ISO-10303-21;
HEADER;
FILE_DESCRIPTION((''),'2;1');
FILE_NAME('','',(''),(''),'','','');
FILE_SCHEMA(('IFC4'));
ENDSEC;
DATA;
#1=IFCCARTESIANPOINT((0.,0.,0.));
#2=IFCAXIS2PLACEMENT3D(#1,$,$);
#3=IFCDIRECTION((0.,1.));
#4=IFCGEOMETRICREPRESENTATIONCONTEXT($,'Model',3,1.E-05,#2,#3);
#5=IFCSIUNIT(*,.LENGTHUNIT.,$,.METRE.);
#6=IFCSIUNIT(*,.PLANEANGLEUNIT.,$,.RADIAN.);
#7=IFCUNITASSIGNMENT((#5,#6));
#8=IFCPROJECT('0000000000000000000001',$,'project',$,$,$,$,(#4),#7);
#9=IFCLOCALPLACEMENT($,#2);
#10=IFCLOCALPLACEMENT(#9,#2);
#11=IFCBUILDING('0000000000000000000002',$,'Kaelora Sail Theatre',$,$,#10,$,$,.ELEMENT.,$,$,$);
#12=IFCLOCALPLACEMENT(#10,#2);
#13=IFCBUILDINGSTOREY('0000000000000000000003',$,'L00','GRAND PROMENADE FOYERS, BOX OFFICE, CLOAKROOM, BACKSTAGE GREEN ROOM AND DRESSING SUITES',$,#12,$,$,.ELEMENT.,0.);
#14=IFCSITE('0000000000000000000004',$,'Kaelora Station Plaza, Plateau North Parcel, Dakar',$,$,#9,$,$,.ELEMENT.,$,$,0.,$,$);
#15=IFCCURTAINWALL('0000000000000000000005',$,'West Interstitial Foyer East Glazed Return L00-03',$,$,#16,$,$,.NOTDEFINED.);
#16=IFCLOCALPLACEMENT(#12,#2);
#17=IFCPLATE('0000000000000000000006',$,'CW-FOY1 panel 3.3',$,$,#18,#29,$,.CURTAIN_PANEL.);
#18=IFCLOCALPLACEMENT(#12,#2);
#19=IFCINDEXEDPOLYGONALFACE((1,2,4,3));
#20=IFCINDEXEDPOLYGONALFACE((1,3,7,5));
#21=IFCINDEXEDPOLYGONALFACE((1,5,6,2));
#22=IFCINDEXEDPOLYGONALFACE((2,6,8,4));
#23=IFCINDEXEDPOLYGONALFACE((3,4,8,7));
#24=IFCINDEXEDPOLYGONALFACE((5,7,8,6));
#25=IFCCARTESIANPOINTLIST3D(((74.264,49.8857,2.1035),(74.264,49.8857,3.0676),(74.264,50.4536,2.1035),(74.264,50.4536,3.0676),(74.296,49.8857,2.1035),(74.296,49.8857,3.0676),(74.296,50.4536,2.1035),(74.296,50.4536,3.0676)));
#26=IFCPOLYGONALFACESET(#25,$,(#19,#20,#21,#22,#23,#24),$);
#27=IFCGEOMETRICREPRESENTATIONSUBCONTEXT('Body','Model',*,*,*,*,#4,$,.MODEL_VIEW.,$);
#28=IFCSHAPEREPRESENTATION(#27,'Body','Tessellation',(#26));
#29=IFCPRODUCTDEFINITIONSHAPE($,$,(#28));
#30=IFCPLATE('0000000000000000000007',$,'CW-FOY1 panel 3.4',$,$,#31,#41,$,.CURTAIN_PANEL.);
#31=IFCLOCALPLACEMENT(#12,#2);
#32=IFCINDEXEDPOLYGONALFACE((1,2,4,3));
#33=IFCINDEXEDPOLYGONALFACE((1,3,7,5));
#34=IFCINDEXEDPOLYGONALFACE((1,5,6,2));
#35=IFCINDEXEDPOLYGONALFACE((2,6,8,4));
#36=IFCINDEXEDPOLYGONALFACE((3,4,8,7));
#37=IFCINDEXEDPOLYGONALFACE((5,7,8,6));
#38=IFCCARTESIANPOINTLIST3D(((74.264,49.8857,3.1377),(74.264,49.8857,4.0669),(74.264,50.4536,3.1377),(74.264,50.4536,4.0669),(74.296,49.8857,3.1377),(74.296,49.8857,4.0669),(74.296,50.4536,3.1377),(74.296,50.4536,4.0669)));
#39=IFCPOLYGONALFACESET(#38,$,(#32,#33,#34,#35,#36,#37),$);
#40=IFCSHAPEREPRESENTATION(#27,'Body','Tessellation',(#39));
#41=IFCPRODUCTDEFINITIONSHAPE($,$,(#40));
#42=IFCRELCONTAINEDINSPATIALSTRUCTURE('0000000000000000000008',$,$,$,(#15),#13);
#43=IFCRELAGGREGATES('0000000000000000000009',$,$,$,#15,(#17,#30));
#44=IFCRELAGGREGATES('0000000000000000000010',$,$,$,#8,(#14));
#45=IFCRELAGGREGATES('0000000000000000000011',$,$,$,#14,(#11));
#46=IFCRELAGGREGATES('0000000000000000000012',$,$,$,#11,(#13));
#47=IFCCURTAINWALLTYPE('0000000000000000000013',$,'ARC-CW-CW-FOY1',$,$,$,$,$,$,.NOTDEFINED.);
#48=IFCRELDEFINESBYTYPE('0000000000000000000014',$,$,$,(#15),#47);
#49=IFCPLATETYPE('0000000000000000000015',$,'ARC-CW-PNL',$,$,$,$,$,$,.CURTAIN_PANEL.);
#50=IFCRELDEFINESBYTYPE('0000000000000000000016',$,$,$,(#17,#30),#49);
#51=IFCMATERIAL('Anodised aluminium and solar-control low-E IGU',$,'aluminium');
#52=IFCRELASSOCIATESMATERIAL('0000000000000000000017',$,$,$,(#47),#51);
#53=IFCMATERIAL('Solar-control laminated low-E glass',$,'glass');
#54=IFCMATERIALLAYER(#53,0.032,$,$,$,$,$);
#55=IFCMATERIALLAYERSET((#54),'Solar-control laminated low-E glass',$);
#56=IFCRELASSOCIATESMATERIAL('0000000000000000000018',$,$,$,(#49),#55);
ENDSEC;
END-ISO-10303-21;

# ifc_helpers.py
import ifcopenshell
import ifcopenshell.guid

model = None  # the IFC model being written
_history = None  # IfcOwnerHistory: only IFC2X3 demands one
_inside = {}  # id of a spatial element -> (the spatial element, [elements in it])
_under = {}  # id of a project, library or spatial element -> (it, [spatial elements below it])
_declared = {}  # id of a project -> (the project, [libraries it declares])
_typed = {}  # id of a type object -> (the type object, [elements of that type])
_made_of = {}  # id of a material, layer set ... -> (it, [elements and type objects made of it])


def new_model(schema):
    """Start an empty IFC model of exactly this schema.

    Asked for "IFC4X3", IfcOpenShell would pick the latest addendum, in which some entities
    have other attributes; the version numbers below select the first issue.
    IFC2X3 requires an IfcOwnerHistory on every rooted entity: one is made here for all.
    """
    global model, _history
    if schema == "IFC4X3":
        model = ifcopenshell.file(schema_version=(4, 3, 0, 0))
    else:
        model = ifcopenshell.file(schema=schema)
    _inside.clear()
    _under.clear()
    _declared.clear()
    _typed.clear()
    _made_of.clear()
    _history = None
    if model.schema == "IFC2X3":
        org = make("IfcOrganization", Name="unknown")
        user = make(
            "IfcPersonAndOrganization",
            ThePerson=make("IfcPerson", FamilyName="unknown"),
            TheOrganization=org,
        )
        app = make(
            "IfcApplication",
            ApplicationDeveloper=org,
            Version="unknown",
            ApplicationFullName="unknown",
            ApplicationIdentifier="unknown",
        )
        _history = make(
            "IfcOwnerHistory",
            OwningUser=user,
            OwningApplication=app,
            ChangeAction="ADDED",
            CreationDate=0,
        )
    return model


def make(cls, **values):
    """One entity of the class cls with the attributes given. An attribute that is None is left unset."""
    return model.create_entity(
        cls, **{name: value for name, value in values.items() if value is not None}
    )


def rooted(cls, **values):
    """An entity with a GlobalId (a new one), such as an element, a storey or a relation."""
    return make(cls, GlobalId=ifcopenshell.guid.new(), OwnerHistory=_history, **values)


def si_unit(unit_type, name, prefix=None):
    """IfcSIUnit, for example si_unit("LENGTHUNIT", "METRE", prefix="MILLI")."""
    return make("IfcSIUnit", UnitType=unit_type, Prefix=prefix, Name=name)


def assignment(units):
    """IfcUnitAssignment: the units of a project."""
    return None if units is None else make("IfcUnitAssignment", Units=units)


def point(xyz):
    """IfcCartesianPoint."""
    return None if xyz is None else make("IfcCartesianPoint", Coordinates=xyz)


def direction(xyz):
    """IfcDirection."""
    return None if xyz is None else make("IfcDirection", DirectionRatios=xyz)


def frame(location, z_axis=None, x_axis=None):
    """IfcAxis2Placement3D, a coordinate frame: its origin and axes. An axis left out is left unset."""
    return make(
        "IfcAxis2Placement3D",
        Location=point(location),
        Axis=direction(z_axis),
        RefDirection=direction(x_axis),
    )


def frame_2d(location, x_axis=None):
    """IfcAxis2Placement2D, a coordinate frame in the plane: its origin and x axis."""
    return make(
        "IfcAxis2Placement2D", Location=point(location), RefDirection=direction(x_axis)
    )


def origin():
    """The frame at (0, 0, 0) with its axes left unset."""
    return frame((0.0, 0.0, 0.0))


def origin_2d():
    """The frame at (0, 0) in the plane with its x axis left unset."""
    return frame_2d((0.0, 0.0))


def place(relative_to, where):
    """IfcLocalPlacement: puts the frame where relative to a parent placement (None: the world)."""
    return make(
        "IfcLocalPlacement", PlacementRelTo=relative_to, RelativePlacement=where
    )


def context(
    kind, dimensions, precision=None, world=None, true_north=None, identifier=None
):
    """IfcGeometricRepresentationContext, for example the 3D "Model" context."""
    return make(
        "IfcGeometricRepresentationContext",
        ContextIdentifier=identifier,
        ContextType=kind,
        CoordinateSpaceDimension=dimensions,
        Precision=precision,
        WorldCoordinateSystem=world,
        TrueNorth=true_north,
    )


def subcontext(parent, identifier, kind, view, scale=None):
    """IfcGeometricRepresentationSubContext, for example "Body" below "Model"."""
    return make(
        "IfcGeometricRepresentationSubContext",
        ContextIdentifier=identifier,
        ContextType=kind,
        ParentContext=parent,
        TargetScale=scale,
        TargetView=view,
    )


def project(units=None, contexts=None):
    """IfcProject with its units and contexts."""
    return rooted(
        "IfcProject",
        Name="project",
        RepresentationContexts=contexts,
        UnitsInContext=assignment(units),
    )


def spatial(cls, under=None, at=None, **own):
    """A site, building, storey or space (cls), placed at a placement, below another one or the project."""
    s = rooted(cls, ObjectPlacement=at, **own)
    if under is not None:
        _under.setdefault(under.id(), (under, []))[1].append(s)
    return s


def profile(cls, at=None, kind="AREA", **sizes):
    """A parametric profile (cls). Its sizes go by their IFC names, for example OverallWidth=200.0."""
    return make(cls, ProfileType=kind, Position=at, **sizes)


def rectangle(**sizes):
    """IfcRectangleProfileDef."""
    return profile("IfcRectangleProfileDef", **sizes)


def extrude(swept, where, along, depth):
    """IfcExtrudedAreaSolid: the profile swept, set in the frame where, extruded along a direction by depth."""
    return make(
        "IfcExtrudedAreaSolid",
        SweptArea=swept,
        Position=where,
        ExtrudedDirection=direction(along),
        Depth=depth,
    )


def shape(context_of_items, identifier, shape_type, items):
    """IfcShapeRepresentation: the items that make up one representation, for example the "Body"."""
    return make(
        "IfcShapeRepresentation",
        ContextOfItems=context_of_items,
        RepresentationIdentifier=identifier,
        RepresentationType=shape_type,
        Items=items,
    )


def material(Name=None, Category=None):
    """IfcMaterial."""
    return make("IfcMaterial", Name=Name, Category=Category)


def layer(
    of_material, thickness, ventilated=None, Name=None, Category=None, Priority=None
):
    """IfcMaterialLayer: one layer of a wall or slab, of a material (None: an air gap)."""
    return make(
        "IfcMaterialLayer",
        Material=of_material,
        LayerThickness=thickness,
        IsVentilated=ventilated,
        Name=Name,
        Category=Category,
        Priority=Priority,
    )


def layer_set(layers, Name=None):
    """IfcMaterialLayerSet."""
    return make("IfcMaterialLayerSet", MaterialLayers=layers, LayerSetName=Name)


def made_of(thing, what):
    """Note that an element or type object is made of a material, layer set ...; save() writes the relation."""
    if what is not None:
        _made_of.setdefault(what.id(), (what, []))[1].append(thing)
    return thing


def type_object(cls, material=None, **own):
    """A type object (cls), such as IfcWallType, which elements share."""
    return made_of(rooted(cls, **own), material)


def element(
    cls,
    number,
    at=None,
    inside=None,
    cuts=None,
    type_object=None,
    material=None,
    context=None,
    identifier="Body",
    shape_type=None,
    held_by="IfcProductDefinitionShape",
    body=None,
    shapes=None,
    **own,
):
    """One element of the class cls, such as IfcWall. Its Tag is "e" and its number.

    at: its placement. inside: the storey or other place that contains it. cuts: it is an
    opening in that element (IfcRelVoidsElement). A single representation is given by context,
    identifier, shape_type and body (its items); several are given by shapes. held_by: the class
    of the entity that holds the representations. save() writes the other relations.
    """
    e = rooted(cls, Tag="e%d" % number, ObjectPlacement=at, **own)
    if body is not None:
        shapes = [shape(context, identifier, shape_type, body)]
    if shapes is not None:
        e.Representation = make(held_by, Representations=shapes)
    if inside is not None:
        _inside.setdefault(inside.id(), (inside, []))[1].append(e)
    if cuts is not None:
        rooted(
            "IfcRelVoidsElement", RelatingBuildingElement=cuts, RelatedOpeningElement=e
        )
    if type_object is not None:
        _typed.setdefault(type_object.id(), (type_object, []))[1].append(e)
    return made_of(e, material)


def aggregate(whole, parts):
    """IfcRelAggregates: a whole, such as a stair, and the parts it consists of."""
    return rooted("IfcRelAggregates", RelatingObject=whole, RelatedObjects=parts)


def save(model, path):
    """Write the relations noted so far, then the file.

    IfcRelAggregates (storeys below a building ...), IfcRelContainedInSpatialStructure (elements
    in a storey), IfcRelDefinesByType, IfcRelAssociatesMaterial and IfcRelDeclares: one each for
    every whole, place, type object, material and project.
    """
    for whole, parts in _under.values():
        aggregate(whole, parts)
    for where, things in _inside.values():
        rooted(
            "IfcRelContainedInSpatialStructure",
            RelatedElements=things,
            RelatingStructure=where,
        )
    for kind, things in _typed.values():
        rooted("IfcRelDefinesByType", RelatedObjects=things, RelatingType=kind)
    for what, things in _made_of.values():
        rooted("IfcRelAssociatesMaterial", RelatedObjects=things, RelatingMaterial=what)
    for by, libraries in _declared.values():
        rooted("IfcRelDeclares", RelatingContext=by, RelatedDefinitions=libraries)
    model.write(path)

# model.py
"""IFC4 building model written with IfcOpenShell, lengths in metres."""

from ifc_helpers import new_model, si_unit, direction, frame, origin, origin_2d, place, context, subcontext, project, spatial, rectangle, extrude, material, layer, layer_set, type_object, element, aggregate, save


model = new_model("IFC4")

# Units and contexts
model_context = context("Model", 3, precision=1e-05, world=origin(), true_north=direction((0.0, 1.0)))
body_context = subcontext(model_context, "Body", "Model", "MODEL_VIEW")
ifc_project = project(units=[si_unit("LENGTHUNIT", "METRE"), si_unit("PLANEANGLEUNIT", "RADIAN")], contexts=[model_context])

# Site, building, storey
site_placement = place(None, origin())
site = spatial("IfcSite", under=ifc_project, at=site_placement, Name="Kaelora Station Plaza, Plateau North Parcel, Dakar", CompositionType="ELEMENT", RefElevation=0.0)
building_placement = place(site_placement, origin())
building = spatial("IfcBuilding", under=site, at=building_placement, Name="Kaelora Sail Theatre", CompositionType="ELEMENT")
storey_placement = place(building_placement, origin())
storey = spatial("IfcBuildingStorey", under=building, at=storey_placement, Name="L00", Description="GRAND PROMENADE FOYERS, BOX OFFICE, CLOAKROOM, BACKSTAGE GREEN ROOM AND DRESSING SUITES", CompositionType="ELEMENT", Elevation=0.0)

# Curtain wall, plates
ifc_material_1 = material(Name="Anodised aluminium and solar-control low-E IGU", Category="aluminium")
curtain_wall_type = type_object("IfcCurtainWallType", Name="ARC-CW-CW-FOY1", PredefinedType="NOTDEFINED", material=ifc_material_1)
curtain_wall_placement = place(storey_placement, origin())
curtain_wall = element("IfcCurtainWall", 1, at=curtain_wall_placement, inside=storey, type_object=curtain_wall_type, Name="West Interstitial Foyer East Glazed Return L00-03", PredefinedType="NOTDEFINED")
ifc_material_2 = material(Name="Solar-control laminated low-E glass", Category="glass")
ifc_layer = layer(ifc_material_2, 0.032)
ifc_layer_set = layer_set([ifc_layer], Name="Solar-control laminated low-E glass")
plate_type = type_object("IfcPlateType", Name="ARC-CW-PNL", PredefinedType="CURTAIN_PANEL", material=ifc_layer_set)
plate_1_placement = place(storey_placement, frame((74.28, 50.1697, 2.1035), z_axis=(0.0, 0.0, 1.0), x_axis=(0.0, 1.0, 0.0)))
plate_1 = element("IfcPlate", 2, at=plate_1_placement, type_object=plate_type, Name="CW-FOY1 panel 3.3", PredefinedType="CURTAIN_PANEL", context=body_context, shape_type="SweptSolid", body=[
    extrude(rectangle(XDim=0.5679, YDim=0.032, at=origin_2d()), origin(), (0.0, 0.0, 1.0), 0.9641),
])
plate_2_placement = place(storey_placement, frame((74.28, 50.1697, 3.1377), z_axis=(0.0, 0.0, 1.0), x_axis=(0.0, 1.0, 0.0)))
plate_2 = element("IfcPlate", 3, at=plate_2_placement, type_object=plate_type, Name="CW-FOY1 panel 3.4", PredefinedType="CURTAIN_PANEL", context=body_context, shape_type="SweptSolid", body=[
    extrude(rectangle(XDim=0.5679, YDim=0.032, at=origin_2d()), origin(), (0.0, 0.0, 1.0), 0.9292),
])
aggregate(curtain_wall, [plate_1, plate_2])

save(model, "model.ifc")
